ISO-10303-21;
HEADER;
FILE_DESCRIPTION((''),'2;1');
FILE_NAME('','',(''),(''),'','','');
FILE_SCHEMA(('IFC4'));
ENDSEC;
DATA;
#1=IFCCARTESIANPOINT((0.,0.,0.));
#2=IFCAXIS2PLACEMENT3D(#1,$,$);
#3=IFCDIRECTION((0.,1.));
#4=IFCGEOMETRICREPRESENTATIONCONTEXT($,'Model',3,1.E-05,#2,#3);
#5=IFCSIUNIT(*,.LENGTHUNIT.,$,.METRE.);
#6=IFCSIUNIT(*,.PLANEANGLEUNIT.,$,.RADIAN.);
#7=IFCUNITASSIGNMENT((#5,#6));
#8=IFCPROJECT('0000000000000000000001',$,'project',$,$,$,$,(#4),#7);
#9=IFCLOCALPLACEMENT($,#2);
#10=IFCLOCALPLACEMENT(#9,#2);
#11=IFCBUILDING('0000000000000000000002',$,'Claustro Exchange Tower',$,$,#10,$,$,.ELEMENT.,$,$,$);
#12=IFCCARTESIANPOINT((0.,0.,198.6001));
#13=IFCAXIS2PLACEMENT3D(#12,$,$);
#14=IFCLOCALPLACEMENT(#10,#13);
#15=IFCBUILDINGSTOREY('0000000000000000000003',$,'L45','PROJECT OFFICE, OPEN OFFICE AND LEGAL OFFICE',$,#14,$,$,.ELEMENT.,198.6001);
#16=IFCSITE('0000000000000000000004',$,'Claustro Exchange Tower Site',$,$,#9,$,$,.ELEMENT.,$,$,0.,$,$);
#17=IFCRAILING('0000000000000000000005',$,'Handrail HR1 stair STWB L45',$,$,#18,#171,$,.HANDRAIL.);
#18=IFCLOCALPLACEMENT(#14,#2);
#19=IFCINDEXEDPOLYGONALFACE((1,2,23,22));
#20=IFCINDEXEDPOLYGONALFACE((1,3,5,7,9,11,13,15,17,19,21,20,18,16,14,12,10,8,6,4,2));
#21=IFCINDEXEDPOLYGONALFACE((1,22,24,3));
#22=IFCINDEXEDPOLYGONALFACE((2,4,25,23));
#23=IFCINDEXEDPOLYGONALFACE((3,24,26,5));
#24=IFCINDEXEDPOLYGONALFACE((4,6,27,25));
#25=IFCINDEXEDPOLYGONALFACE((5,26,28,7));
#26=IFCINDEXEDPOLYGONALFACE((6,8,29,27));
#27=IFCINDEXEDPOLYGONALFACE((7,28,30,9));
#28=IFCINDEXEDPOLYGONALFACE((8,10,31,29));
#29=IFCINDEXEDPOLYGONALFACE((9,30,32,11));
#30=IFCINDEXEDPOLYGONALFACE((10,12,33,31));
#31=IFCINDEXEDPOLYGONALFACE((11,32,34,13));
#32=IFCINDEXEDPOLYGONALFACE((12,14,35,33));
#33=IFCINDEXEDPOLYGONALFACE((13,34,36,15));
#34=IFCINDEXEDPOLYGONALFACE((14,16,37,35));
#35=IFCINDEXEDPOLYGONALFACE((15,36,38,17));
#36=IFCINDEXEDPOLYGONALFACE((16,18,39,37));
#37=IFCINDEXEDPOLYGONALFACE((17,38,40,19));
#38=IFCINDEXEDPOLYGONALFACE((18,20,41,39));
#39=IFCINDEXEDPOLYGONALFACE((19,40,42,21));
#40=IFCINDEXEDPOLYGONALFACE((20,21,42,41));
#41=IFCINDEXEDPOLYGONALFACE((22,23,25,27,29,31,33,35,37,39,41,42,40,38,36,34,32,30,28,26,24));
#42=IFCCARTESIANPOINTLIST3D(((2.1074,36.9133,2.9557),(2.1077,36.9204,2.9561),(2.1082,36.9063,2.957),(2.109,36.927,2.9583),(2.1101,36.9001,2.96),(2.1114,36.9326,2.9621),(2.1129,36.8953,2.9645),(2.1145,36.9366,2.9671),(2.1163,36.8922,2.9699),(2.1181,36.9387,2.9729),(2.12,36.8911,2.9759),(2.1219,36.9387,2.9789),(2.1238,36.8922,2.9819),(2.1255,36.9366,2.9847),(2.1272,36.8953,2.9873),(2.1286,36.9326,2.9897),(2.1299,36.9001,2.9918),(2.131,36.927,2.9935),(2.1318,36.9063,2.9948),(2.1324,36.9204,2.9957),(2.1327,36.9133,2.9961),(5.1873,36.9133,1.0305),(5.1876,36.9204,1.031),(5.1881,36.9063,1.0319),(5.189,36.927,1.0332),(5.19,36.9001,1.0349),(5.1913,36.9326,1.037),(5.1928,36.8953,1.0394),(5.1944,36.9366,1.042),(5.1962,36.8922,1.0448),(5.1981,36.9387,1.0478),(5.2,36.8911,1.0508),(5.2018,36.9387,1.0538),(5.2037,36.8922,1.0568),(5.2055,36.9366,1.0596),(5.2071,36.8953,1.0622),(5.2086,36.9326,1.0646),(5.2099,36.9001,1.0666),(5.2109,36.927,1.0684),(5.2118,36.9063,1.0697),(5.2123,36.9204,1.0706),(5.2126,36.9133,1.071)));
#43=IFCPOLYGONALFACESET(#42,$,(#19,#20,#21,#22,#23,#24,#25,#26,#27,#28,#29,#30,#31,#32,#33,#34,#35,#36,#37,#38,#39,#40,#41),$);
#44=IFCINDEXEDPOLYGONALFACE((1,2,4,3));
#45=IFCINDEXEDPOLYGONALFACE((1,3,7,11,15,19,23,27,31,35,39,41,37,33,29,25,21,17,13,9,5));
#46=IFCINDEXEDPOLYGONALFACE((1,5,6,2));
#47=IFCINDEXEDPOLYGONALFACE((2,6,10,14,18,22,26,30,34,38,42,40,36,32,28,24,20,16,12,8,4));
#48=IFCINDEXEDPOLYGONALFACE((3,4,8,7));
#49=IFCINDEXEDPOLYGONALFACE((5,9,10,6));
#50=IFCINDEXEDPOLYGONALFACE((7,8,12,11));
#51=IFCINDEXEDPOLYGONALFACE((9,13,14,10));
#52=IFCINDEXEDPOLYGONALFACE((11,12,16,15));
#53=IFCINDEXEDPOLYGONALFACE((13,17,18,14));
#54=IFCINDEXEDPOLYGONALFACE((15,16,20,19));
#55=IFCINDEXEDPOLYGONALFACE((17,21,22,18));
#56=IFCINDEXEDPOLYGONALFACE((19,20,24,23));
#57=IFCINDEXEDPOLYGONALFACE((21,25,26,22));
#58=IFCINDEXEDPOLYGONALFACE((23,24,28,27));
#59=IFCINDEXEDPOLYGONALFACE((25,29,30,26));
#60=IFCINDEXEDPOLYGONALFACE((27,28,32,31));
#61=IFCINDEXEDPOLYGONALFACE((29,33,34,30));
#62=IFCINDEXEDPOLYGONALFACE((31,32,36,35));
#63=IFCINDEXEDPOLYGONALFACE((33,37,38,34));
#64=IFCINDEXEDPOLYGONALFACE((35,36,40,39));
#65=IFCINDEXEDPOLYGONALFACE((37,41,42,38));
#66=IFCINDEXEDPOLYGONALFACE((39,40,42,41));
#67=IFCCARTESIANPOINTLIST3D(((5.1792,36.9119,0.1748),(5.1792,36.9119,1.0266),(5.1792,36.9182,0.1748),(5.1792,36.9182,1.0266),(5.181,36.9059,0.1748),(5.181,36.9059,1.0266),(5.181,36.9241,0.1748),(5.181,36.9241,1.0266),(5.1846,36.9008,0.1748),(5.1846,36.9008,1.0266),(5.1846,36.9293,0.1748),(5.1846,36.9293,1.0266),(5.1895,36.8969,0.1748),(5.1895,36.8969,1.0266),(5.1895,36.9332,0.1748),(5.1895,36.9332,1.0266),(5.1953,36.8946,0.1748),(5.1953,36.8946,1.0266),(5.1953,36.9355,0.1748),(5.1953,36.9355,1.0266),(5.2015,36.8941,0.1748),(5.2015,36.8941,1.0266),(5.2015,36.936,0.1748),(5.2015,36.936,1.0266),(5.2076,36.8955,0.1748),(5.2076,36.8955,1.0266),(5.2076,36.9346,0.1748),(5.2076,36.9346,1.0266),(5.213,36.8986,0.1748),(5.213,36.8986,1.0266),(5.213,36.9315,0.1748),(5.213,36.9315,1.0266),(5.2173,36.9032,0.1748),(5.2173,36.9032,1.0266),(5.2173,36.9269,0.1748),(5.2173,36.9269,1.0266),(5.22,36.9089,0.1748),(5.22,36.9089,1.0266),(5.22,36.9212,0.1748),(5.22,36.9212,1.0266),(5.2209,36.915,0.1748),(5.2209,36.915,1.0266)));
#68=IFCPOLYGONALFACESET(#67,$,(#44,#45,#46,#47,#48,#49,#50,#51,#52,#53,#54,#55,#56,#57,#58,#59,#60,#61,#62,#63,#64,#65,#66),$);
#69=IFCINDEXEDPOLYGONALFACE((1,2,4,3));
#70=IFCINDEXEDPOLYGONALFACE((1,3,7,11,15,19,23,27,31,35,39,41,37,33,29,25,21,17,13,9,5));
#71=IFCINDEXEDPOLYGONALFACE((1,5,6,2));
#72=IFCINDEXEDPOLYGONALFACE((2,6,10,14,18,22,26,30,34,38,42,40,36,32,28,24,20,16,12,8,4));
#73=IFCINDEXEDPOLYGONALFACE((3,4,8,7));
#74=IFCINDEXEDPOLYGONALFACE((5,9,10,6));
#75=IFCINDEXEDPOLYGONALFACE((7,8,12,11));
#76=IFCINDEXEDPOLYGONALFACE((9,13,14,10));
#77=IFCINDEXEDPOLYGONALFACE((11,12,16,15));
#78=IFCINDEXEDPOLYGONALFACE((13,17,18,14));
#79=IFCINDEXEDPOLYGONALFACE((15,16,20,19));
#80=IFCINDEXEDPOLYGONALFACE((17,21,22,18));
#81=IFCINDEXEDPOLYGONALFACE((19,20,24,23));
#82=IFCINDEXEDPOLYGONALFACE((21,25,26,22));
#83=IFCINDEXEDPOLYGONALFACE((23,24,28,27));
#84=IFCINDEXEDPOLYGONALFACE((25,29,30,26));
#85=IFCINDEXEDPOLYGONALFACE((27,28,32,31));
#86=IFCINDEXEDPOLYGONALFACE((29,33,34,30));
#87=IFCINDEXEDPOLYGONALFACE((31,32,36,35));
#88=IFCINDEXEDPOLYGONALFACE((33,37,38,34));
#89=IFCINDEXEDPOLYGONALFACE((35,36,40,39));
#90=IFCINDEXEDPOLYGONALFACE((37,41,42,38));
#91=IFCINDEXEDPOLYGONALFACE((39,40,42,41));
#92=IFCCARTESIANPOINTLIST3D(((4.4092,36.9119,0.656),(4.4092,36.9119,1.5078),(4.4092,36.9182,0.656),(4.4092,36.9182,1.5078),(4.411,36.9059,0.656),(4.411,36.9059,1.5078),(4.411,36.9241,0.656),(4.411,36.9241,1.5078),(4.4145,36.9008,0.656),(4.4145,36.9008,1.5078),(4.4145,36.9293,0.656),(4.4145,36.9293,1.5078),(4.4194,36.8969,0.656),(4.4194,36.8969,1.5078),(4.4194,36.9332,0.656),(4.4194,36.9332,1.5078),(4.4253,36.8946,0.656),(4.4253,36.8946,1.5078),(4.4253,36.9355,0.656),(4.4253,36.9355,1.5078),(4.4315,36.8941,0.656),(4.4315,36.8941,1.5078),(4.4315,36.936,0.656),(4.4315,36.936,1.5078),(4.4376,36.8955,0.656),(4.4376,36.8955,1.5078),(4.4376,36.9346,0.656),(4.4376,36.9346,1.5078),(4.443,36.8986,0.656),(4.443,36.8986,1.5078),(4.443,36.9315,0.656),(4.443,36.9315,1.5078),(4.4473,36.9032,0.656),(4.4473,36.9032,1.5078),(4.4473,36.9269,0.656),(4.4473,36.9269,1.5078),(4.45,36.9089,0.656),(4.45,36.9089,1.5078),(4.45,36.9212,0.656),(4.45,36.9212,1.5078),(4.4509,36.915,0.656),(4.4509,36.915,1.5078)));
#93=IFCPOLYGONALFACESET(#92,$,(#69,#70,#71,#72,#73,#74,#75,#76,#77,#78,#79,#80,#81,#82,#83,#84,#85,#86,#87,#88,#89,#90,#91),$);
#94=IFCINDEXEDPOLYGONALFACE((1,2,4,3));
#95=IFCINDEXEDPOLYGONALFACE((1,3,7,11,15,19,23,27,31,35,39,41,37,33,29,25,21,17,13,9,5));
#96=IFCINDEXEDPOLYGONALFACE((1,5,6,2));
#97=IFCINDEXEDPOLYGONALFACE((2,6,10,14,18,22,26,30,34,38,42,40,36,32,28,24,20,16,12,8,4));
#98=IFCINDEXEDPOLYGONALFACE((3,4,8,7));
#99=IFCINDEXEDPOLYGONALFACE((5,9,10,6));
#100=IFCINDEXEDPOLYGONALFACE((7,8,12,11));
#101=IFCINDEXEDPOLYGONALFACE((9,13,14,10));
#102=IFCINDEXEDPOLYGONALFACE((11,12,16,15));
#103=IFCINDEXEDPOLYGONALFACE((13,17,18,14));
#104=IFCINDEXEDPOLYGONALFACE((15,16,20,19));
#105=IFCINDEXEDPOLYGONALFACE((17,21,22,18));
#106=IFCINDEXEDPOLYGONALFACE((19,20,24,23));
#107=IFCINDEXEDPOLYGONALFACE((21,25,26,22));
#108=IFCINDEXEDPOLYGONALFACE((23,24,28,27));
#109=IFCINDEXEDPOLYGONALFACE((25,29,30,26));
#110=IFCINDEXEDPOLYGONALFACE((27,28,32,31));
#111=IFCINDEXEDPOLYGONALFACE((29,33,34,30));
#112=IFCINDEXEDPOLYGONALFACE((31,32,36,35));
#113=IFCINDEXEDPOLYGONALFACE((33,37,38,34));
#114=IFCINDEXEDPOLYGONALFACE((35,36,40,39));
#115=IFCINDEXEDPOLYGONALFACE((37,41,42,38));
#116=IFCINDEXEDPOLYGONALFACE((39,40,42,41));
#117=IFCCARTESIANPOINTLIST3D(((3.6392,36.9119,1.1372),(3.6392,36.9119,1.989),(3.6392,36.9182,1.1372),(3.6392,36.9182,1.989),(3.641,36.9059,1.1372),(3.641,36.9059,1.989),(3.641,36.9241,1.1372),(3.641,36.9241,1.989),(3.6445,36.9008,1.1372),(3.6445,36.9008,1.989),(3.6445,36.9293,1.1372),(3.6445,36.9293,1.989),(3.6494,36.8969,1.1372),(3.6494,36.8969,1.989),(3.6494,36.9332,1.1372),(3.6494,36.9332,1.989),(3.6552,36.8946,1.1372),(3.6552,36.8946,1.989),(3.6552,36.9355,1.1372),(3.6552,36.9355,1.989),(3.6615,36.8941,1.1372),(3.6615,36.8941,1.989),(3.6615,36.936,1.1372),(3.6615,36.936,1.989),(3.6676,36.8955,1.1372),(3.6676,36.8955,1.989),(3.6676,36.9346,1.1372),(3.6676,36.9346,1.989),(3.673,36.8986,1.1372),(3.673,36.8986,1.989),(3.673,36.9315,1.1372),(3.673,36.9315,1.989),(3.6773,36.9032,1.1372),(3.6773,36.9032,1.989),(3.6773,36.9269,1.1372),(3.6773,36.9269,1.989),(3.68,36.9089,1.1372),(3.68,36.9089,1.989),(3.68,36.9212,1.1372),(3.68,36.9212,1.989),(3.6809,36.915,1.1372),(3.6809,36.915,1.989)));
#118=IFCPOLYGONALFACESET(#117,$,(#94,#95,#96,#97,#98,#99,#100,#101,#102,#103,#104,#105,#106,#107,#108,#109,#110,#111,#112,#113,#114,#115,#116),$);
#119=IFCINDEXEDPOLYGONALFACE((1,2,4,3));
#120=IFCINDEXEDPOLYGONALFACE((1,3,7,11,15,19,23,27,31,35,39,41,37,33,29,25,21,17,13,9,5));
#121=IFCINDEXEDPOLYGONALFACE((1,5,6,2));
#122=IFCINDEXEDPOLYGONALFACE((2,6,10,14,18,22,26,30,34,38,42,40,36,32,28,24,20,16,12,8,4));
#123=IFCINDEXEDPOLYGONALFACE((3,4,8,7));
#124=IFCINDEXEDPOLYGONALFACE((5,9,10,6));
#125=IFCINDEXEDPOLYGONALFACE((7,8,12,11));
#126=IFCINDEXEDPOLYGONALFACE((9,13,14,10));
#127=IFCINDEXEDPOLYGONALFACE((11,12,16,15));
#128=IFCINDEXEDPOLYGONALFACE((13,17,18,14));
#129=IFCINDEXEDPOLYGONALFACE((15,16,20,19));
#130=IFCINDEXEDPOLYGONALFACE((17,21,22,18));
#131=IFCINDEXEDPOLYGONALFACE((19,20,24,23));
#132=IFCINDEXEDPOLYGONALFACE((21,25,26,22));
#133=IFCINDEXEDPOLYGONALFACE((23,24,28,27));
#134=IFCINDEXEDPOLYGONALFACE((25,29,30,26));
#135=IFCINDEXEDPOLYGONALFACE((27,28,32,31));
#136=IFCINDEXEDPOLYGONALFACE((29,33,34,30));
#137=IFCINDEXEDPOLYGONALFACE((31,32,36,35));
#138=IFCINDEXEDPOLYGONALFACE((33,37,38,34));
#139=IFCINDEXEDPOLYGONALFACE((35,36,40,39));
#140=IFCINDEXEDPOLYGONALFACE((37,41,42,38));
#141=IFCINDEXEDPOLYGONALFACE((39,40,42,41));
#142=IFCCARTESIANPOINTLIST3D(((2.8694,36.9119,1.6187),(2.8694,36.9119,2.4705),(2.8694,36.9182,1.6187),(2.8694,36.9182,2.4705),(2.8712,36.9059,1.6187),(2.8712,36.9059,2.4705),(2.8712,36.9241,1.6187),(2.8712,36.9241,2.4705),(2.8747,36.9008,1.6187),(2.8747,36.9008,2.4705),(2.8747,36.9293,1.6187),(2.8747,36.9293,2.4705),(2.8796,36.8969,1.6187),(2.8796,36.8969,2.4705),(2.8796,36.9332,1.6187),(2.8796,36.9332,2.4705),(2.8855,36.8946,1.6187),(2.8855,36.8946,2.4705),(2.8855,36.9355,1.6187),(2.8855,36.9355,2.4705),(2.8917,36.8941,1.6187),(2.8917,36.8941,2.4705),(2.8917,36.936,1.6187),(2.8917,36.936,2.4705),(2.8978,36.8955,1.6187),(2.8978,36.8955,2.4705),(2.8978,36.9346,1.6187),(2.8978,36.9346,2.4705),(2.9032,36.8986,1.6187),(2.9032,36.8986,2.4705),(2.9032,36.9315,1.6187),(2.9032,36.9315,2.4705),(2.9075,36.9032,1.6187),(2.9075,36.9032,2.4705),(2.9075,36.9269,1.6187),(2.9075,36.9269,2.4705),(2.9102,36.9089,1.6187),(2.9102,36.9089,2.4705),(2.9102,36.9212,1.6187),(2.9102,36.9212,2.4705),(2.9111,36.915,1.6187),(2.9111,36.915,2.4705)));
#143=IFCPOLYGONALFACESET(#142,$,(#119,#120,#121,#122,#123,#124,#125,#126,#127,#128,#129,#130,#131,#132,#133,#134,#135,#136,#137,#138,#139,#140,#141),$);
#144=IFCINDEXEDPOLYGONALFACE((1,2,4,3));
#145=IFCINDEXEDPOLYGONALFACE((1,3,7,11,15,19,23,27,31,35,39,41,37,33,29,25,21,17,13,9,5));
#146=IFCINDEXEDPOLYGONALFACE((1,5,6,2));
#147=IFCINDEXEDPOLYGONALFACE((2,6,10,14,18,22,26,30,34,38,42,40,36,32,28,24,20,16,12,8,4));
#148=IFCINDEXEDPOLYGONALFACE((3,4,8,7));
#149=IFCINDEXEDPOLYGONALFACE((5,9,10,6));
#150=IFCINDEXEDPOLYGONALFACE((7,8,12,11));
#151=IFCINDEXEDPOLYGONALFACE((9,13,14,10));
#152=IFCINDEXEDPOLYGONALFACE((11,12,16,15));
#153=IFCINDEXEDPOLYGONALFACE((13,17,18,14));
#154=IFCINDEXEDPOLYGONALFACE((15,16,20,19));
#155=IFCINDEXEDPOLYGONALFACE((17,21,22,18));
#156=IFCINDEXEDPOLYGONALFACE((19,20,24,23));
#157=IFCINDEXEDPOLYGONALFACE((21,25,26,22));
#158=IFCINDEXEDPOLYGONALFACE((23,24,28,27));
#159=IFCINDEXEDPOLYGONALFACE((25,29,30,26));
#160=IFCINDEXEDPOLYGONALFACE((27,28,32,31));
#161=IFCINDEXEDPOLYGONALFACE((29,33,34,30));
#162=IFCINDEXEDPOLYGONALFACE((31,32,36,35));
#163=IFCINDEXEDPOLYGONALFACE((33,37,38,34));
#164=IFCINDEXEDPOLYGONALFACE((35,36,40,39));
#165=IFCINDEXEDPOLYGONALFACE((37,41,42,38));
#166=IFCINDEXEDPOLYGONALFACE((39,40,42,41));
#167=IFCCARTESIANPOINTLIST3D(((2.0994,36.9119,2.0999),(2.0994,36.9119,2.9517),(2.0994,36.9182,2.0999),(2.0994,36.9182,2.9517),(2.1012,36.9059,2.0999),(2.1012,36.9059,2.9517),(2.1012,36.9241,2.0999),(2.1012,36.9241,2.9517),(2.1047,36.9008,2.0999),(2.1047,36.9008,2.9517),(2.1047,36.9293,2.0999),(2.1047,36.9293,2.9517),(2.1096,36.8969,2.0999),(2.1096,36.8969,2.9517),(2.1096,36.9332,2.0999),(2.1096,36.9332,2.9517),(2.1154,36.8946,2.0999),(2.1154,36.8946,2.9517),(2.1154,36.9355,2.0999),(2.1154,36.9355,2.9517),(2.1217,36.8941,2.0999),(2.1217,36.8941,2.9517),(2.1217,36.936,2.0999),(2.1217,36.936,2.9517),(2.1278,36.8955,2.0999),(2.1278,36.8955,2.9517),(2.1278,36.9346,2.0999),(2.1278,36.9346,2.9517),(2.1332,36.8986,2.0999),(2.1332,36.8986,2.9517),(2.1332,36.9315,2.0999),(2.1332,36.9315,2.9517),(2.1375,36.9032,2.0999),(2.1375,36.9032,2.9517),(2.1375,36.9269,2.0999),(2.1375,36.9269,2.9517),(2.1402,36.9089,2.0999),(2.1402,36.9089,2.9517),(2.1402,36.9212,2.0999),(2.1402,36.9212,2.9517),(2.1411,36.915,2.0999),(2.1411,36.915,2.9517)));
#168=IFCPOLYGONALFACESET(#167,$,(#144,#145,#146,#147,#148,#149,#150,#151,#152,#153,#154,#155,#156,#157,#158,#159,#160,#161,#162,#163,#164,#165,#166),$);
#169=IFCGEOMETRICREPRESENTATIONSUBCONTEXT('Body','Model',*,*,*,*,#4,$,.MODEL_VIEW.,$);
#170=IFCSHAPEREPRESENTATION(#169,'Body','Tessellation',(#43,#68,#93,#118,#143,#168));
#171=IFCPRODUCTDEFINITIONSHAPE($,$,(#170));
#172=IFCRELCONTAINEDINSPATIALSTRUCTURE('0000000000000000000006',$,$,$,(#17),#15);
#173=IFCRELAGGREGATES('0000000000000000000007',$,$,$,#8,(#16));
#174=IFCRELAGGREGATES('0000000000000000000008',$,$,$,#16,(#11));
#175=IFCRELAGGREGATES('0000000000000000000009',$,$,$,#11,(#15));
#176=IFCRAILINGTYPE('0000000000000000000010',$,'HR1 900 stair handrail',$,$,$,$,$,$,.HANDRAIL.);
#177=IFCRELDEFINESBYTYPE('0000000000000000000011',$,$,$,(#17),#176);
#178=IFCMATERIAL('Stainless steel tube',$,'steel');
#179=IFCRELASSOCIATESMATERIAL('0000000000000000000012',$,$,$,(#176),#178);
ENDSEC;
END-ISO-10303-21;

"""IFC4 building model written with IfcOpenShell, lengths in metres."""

from ifc_helpers import new_model, si_unit, direction, frame, origin, origin_2d, place, context, subcontext, project, spatial, circle, extrude, material, type_object, element, save


model = new_model("IFC4")

# Units and contexts
model_context = context("Model", 3, precision=1e-05, world=origin(), true_north=direction((0.0, 1.0)))
body_context = subcontext(model_context, "Body", "Model", "MODEL_VIEW")
ifc_project = project(units=[si_unit("LENGTHUNIT", "METRE"), si_unit("PLANEANGLEUNIT", "RADIAN")], contexts=[model_context])

# Site, building, storey
site_placement = place(None, origin())
site = spatial("IfcSite", under=ifc_project, at=site_placement, Name="Claustro Exchange Tower Site", CompositionType="ELEMENT", RefElevation=0.0)
building_placement = place(site_placement, origin())
building = spatial("IfcBuilding", under=site, at=building_placement, Name="Claustro Exchange Tower", CompositionType="ELEMENT")
storey_placement = place(building_placement, frame((0.0, 0.0, 198.6001)))
storey = spatial("IfcBuildingStorey", under=building, at=storey_placement, Name="L45", Description="PROJECT OFFICE, OPEN OFFICE AND LEGAL OFFICE", CompositionType="ELEMENT", Elevation=198.6001)

# Railing
ifc_material_1 = material(Name="Stainless steel tube", Category="steel")
railing_type_1 = type_object("IfcRailingType", Name="HR1 900 stair handrail", PredefinedType="HANDRAIL", material=ifc_material_1)
railing_1_placement = place(storey_placement, frame((5.2, 36.915, 0.1748)))
element("IfcRailing", 1, at=railing_1_placement, inside=storey, type_object=railing_type_1, Name="Handrail HR1 stair STWB L45", PredefinedType="HANDRAIL", context=body_context, shape_type="SweptSolid", body=[
    extrude(circle(Radius=0.0239, at=origin_2d()), frame((0.0, 0.0, 0.876), z_axis=(-0.847979, 0.0, 0.530029), x_axis=(0.0, -1.0, 0.0)), (0.0, 0.0, 1.0), 3.6321),
    extrude(circle(Radius=0.021, at=origin_2d()), origin(), (0.0, 0.0, 1.0), 0.8518),
    extrude(circle(Radius=0.021, at=origin_2d()), frame((-0.77, 0.0, 0.4812)), (0.0, 0.0, 1.0), 0.8518),
    extrude(circle(Radius=0.021, at=origin_2d()), frame((-1.54, 0.0, 0.9624)), (0.0, 0.0, 1.0), 0.8518),
    extrude(circle(Radius=0.021, at=origin_2d()), frame((-2.3098, 0.0, 1.4438)), (0.0, 0.0, 1.0), 0.8518),
    extrude(circle(Radius=0.021, at=origin_2d()), frame((-3.0798, 0.0, 1.925)), (0.0, 0.0, 1.0), 0.8518),
])

save(model, "model.ifc")
